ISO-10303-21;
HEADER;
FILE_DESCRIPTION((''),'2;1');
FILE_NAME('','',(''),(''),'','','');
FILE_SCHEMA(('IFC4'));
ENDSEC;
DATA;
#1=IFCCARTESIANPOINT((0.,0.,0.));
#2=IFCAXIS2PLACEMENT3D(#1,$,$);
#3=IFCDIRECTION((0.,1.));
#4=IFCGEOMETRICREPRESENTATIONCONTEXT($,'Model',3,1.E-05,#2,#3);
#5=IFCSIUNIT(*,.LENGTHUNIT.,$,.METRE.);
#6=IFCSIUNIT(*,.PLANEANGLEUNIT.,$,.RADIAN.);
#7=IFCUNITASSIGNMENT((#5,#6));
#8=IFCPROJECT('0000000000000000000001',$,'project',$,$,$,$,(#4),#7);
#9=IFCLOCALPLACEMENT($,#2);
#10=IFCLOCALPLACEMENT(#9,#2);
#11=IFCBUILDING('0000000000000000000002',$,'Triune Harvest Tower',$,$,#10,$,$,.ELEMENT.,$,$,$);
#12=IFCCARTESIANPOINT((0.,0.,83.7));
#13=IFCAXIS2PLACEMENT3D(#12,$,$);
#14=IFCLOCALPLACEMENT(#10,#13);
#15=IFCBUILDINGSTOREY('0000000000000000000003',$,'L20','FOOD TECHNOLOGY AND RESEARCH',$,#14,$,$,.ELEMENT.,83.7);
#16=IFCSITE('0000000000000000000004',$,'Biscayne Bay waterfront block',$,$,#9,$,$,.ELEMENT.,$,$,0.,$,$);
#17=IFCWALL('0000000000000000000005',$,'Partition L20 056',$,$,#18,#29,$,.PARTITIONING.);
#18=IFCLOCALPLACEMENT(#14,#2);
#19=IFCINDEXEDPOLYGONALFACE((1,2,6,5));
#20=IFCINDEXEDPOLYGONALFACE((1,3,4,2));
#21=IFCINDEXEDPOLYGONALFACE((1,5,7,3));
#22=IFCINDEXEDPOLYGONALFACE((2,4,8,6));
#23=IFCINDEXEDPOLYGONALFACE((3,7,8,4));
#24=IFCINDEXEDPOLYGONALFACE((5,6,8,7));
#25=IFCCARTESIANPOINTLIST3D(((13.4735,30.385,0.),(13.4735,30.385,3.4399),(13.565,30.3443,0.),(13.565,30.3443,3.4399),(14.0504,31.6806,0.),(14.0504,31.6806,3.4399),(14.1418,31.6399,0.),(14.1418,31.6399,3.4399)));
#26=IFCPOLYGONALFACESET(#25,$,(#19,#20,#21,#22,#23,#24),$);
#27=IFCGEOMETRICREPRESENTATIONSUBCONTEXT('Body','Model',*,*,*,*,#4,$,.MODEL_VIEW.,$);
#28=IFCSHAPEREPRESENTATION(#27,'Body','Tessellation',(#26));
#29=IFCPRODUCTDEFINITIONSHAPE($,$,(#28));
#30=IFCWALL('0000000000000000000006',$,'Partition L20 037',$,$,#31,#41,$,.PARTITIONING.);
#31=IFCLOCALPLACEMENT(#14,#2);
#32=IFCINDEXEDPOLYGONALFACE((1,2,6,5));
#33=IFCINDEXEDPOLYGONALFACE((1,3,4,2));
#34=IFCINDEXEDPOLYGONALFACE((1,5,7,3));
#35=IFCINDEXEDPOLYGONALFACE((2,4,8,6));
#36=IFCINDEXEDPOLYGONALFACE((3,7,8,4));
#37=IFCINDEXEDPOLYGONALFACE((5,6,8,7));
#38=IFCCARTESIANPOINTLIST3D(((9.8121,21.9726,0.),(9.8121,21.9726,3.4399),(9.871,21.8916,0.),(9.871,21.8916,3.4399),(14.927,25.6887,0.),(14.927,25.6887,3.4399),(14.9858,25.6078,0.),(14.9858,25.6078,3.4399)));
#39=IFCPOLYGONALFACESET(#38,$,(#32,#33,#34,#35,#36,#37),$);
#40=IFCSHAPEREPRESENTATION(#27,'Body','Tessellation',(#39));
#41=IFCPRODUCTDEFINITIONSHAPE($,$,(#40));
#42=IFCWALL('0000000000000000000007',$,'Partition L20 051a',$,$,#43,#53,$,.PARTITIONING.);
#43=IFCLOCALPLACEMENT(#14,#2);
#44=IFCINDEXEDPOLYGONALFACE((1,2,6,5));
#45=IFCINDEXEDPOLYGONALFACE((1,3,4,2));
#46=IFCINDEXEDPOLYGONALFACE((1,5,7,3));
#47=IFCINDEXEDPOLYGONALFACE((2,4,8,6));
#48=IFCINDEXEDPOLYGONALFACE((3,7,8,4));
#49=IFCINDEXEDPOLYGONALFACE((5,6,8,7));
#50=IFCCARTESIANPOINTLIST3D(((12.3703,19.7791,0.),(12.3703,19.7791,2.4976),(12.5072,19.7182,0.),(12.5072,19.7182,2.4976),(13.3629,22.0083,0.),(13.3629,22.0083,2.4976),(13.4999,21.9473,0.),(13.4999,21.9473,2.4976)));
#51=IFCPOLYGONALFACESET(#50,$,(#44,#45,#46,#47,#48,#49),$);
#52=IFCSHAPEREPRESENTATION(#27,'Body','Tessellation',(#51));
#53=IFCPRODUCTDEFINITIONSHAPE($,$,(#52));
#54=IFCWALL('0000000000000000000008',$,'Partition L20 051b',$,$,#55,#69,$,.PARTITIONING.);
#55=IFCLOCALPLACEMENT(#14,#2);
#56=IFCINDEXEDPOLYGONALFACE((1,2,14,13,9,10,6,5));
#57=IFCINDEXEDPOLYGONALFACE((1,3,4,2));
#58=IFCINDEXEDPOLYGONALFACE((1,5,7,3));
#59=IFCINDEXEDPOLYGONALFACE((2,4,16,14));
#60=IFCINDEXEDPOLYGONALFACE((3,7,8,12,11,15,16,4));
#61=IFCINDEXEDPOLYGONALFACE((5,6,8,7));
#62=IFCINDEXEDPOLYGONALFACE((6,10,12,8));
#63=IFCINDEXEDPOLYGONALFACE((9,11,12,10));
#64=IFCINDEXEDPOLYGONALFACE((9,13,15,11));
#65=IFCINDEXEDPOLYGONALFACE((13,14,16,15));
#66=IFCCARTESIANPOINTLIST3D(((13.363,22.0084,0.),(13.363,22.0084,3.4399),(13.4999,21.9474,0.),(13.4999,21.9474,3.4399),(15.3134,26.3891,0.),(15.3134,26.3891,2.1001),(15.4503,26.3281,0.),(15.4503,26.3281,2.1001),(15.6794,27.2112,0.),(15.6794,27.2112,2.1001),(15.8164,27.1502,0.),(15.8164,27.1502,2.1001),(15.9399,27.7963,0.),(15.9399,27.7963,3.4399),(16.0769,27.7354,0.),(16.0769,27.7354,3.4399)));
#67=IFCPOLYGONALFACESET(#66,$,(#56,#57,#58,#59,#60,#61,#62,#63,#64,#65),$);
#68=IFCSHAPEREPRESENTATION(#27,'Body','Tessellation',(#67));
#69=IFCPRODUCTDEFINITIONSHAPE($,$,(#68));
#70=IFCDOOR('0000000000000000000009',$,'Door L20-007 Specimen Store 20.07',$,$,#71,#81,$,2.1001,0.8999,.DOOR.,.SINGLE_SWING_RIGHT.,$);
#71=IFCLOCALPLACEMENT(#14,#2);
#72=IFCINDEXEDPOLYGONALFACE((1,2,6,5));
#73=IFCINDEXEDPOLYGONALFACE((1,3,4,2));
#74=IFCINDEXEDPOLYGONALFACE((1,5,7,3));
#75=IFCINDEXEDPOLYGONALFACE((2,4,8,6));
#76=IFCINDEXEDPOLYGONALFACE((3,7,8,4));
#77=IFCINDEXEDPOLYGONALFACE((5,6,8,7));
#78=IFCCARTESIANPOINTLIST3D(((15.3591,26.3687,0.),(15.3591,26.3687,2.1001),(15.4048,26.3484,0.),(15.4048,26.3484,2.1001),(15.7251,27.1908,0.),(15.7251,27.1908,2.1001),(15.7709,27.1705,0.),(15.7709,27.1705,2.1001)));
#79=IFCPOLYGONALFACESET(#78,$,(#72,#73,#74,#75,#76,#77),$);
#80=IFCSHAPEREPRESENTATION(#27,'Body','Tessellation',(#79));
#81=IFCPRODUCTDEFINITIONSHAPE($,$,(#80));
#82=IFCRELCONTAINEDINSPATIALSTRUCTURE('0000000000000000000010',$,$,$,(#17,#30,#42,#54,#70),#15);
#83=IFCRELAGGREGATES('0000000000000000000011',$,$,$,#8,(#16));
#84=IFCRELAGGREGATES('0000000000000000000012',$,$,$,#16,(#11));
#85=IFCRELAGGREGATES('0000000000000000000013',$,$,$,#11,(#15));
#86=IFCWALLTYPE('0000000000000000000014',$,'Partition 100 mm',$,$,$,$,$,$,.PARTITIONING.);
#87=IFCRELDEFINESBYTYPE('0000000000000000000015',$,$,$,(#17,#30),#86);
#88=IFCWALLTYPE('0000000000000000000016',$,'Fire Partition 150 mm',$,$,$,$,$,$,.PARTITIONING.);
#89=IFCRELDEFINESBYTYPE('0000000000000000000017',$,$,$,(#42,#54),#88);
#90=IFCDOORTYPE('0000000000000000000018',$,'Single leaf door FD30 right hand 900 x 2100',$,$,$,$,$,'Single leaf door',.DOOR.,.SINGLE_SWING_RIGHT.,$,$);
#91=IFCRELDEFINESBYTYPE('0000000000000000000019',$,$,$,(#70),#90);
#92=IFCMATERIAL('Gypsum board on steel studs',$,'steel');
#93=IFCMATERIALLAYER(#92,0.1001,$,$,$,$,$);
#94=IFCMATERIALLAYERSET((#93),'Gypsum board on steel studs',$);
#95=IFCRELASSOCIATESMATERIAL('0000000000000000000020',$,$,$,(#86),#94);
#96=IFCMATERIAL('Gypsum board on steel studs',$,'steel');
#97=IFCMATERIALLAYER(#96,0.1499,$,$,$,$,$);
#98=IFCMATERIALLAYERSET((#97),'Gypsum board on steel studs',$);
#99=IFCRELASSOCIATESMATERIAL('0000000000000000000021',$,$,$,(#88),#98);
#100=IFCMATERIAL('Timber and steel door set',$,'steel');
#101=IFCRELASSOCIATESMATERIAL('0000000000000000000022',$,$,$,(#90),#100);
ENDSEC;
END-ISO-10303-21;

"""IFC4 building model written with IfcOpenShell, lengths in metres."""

from ifc_helpers import new_model, si_unit, direction, frame, frame_2d, origin, place, context, subcontext, project, spatial, rectangle, extrude, source, transform, mapped, material, layer, layer_set, type_object, element, fill, save


model = new_model("IFC4")

# Units and contexts
model_context = context("Model", 3, precision=1e-05, world=origin(), true_north=direction((0.0, 1.0)))
body_context = subcontext(model_context, "Body", "Model", "MODEL_VIEW")
ifc_project = project(units=[si_unit("LENGTHUNIT", "METRE"), si_unit("PLANEANGLEUNIT", "RADIAN")], contexts=[model_context])

# Site, building, storey
site_placement = place(None, origin())
site = spatial("IfcSite", under=ifc_project, at=site_placement, Name="Biscayne Bay waterfront block", CompositionType="ELEMENT", RefElevation=0.0)
building_placement = place(site_placement, origin())
building = spatial("IfcBuilding", under=site, at=building_placement, Name="Triune Harvest Tower", CompositionType="ELEMENT")
storey_placement = place(building_placement, frame((0.0, 0.0, 83.7)))
storey = spatial("IfcBuildingStorey", under=building, at=storey_placement, Name="L20", Description="FOOD TECHNOLOGY AND RESEARCH", CompositionType="ELEMENT", Elevation=83.7)

# Walls
ifc_material_1 = material(Name="Gypsum board on steel studs", Category="steel")
ifc_layer_1 = layer(ifc_material_1, 0.1001)
ifc_layer_set_1 = layer_set([ifc_layer_1], Name="Gypsum board on steel studs")
wall_type_1 = type_object("IfcWallType", Name="Partition 100 mm", PredefinedType="PARTITIONING", material=ifc_layer_set_1)
shared_shape_1 = source(origin(), body_context, "Body", "SweptSolid", [
    extrude(rectangle(XDim=1.4182, YDim=0.1001, at=frame_2d((0.709, 0.0))), origin(), (0.0, 0.0, 1.0), 3.4399),
])
wall_1_placement = place(storey_placement, frame((13.5193, 30.3647, 0.0), z_axis=(0.0, 0.0, 1.0), x_axis=(0.406761, 0.913534, 0.0)))
element("IfcWall", 1, at=wall_1_placement, inside=storey, type_object=wall_type_1, Name="Partition L20 056", PredefinedType="PARTITIONING", context=body_context, shape_type="MappedRepresentation", body=[
    mapped(shared_shape_1, transform((0.0, 0.0, 0.0), scale=1.0)),
])
shared_shape_2 = source(origin(), body_context, "Body", "SweptSolid", [
    extrude(rectangle(XDim=6.3223, YDim=0.1001, at=frame_2d((3.1611, 0.0))), origin(), (0.0, 0.0, 1.0), 3.4399),
])
wall_2_placement = place(storey_placement, frame((9.8416, 21.9321, 0.0), z_axis=(0.0, 0.0, 1.0), x_axis=(0.809018, 0.587784, 0.0)))
element("IfcWall", 2, at=wall_2_placement, inside=storey, type_object=wall_type_1, Name="Partition L20 037", PredefinedType="PARTITIONING", context=body_context, shape_type="MappedRepresentation", body=[
    mapped(shared_shape_2, transform((0.0, 0.0, 0.0), scale=1.0)),
])
ifc_material_2 = material(Name="Gypsum board on steel studs", Category="steel")
ifc_layer_2 = layer(ifc_material_2, 0.1499)
ifc_layer_set_2 = layer_set([ifc_layer_2], Name="Gypsum board on steel studs")
wall_type_2 = type_object("IfcWallType", Name="Fire Partition 150 mm", PredefinedType="PARTITIONING", material=ifc_layer_set_2)
shared_shape_3 = source(origin(), body_context, "Body", "SweptSolid", [
    extrude(rectangle(XDim=2.4402, YDim=0.1499, at=frame_2d((1.2202, 0.0))), origin(), (0.0, 0.0, 1.0), 2.4976),
])
wall_3_placement = place(storey_placement, frame((12.4387, 19.7485, 0.0), z_axis=(0.0, 0.0, 1.0), x_axis=(0.406788, 0.913523, 0.0)))
element("IfcWall", 3, at=wall_3_placement, inside=storey, type_object=wall_type_2, Name="Partition L20 051a", PredefinedType="PARTITIONING", context=body_context, shape_type="MappedRepresentation", body=[
    mapped(shared_shape_3, transform((0.0, 0.0, 0.0), scale=1.0)),
])

# Wall, opening, door
shared_shape_4 = source(origin(), body_context, "Body", "SweptSolid", [
    extrude(rectangle(XDim=6.3357, YDim=0.1499, at=frame_2d((3.168, 0.0))), origin(), (0.0, 0.0, 1.0), 3.4399),
])
wall_4_placement = place(storey_placement, frame((13.4314, 21.9778, 0.0), z_axis=(0.0, 0.0, 1.0), x_axis=(0.406735, 0.913546, 0.0)))
wall_4 = element("IfcWall", 4, at=wall_4_placement, inside=storey, type_object=wall_type_2, Name="Partition L20 051b", PredefinedType="PARTITIONING", context=body_context, shape_type="MappedRepresentation", body=[
    mapped(shared_shape_4, transform((0.0, 0.0, 0.0), scale=1.0)),
])
opening_placement = place(wall_4_placement, frame((4.7954, 0.0, 0.0)))
opening = element("IfcOpeningElement", 5, at=opening_placement, cuts=wall_4, PredefinedType="OPENING", context=body_context, shape_type="SweptSolid", body=[
    extrude(rectangle(XDim=0.8999, YDim=2.1001, at=frame_2d((0.45, 1.05))), frame((0.0, 0.085, 0.0), z_axis=(0.0, -1.0, 0.0), x_axis=(1.0, 0.0, 0.0)), (0.0, 0.0, 1.0), 0.1699),
])
ifc_material_3 = material(Name="Timber and steel door set", Category="steel")
door_type = type_object("IfcDoorType", Name="Single leaf door FD30 right hand 900 x 2100", ElementType="Single leaf door", OperationType="SINGLE_SWING_RIGHT", PredefinedType="DOOR", material=ifc_material_3)
door_placement = place(opening_placement, origin())
door = element("IfcDoor", 6, at=door_placement, inside=storey, type_object=door_type, Name="Door L20-007 Specimen Store 20.07", OperationType="SINGLE_SWING_RIGHT", OverallHeight=2.1001, OverallWidth=0.8999, PredefinedType="DOOR", context=body_context, shape_type="SweptSolid", body=[
    extrude(rectangle(XDim=0.8999, YDim=2.1001, at=frame_2d((0.45, 1.05))), frame((0.0, 0.0249, 0.0), z_axis=(0.0, -1.0, 0.0), x_axis=(1.0, 0.0, 0.0)), (0.0, 0.0, 1.0), 0.05),
])
fill(opening, door)

save(model, "model.ifc")
